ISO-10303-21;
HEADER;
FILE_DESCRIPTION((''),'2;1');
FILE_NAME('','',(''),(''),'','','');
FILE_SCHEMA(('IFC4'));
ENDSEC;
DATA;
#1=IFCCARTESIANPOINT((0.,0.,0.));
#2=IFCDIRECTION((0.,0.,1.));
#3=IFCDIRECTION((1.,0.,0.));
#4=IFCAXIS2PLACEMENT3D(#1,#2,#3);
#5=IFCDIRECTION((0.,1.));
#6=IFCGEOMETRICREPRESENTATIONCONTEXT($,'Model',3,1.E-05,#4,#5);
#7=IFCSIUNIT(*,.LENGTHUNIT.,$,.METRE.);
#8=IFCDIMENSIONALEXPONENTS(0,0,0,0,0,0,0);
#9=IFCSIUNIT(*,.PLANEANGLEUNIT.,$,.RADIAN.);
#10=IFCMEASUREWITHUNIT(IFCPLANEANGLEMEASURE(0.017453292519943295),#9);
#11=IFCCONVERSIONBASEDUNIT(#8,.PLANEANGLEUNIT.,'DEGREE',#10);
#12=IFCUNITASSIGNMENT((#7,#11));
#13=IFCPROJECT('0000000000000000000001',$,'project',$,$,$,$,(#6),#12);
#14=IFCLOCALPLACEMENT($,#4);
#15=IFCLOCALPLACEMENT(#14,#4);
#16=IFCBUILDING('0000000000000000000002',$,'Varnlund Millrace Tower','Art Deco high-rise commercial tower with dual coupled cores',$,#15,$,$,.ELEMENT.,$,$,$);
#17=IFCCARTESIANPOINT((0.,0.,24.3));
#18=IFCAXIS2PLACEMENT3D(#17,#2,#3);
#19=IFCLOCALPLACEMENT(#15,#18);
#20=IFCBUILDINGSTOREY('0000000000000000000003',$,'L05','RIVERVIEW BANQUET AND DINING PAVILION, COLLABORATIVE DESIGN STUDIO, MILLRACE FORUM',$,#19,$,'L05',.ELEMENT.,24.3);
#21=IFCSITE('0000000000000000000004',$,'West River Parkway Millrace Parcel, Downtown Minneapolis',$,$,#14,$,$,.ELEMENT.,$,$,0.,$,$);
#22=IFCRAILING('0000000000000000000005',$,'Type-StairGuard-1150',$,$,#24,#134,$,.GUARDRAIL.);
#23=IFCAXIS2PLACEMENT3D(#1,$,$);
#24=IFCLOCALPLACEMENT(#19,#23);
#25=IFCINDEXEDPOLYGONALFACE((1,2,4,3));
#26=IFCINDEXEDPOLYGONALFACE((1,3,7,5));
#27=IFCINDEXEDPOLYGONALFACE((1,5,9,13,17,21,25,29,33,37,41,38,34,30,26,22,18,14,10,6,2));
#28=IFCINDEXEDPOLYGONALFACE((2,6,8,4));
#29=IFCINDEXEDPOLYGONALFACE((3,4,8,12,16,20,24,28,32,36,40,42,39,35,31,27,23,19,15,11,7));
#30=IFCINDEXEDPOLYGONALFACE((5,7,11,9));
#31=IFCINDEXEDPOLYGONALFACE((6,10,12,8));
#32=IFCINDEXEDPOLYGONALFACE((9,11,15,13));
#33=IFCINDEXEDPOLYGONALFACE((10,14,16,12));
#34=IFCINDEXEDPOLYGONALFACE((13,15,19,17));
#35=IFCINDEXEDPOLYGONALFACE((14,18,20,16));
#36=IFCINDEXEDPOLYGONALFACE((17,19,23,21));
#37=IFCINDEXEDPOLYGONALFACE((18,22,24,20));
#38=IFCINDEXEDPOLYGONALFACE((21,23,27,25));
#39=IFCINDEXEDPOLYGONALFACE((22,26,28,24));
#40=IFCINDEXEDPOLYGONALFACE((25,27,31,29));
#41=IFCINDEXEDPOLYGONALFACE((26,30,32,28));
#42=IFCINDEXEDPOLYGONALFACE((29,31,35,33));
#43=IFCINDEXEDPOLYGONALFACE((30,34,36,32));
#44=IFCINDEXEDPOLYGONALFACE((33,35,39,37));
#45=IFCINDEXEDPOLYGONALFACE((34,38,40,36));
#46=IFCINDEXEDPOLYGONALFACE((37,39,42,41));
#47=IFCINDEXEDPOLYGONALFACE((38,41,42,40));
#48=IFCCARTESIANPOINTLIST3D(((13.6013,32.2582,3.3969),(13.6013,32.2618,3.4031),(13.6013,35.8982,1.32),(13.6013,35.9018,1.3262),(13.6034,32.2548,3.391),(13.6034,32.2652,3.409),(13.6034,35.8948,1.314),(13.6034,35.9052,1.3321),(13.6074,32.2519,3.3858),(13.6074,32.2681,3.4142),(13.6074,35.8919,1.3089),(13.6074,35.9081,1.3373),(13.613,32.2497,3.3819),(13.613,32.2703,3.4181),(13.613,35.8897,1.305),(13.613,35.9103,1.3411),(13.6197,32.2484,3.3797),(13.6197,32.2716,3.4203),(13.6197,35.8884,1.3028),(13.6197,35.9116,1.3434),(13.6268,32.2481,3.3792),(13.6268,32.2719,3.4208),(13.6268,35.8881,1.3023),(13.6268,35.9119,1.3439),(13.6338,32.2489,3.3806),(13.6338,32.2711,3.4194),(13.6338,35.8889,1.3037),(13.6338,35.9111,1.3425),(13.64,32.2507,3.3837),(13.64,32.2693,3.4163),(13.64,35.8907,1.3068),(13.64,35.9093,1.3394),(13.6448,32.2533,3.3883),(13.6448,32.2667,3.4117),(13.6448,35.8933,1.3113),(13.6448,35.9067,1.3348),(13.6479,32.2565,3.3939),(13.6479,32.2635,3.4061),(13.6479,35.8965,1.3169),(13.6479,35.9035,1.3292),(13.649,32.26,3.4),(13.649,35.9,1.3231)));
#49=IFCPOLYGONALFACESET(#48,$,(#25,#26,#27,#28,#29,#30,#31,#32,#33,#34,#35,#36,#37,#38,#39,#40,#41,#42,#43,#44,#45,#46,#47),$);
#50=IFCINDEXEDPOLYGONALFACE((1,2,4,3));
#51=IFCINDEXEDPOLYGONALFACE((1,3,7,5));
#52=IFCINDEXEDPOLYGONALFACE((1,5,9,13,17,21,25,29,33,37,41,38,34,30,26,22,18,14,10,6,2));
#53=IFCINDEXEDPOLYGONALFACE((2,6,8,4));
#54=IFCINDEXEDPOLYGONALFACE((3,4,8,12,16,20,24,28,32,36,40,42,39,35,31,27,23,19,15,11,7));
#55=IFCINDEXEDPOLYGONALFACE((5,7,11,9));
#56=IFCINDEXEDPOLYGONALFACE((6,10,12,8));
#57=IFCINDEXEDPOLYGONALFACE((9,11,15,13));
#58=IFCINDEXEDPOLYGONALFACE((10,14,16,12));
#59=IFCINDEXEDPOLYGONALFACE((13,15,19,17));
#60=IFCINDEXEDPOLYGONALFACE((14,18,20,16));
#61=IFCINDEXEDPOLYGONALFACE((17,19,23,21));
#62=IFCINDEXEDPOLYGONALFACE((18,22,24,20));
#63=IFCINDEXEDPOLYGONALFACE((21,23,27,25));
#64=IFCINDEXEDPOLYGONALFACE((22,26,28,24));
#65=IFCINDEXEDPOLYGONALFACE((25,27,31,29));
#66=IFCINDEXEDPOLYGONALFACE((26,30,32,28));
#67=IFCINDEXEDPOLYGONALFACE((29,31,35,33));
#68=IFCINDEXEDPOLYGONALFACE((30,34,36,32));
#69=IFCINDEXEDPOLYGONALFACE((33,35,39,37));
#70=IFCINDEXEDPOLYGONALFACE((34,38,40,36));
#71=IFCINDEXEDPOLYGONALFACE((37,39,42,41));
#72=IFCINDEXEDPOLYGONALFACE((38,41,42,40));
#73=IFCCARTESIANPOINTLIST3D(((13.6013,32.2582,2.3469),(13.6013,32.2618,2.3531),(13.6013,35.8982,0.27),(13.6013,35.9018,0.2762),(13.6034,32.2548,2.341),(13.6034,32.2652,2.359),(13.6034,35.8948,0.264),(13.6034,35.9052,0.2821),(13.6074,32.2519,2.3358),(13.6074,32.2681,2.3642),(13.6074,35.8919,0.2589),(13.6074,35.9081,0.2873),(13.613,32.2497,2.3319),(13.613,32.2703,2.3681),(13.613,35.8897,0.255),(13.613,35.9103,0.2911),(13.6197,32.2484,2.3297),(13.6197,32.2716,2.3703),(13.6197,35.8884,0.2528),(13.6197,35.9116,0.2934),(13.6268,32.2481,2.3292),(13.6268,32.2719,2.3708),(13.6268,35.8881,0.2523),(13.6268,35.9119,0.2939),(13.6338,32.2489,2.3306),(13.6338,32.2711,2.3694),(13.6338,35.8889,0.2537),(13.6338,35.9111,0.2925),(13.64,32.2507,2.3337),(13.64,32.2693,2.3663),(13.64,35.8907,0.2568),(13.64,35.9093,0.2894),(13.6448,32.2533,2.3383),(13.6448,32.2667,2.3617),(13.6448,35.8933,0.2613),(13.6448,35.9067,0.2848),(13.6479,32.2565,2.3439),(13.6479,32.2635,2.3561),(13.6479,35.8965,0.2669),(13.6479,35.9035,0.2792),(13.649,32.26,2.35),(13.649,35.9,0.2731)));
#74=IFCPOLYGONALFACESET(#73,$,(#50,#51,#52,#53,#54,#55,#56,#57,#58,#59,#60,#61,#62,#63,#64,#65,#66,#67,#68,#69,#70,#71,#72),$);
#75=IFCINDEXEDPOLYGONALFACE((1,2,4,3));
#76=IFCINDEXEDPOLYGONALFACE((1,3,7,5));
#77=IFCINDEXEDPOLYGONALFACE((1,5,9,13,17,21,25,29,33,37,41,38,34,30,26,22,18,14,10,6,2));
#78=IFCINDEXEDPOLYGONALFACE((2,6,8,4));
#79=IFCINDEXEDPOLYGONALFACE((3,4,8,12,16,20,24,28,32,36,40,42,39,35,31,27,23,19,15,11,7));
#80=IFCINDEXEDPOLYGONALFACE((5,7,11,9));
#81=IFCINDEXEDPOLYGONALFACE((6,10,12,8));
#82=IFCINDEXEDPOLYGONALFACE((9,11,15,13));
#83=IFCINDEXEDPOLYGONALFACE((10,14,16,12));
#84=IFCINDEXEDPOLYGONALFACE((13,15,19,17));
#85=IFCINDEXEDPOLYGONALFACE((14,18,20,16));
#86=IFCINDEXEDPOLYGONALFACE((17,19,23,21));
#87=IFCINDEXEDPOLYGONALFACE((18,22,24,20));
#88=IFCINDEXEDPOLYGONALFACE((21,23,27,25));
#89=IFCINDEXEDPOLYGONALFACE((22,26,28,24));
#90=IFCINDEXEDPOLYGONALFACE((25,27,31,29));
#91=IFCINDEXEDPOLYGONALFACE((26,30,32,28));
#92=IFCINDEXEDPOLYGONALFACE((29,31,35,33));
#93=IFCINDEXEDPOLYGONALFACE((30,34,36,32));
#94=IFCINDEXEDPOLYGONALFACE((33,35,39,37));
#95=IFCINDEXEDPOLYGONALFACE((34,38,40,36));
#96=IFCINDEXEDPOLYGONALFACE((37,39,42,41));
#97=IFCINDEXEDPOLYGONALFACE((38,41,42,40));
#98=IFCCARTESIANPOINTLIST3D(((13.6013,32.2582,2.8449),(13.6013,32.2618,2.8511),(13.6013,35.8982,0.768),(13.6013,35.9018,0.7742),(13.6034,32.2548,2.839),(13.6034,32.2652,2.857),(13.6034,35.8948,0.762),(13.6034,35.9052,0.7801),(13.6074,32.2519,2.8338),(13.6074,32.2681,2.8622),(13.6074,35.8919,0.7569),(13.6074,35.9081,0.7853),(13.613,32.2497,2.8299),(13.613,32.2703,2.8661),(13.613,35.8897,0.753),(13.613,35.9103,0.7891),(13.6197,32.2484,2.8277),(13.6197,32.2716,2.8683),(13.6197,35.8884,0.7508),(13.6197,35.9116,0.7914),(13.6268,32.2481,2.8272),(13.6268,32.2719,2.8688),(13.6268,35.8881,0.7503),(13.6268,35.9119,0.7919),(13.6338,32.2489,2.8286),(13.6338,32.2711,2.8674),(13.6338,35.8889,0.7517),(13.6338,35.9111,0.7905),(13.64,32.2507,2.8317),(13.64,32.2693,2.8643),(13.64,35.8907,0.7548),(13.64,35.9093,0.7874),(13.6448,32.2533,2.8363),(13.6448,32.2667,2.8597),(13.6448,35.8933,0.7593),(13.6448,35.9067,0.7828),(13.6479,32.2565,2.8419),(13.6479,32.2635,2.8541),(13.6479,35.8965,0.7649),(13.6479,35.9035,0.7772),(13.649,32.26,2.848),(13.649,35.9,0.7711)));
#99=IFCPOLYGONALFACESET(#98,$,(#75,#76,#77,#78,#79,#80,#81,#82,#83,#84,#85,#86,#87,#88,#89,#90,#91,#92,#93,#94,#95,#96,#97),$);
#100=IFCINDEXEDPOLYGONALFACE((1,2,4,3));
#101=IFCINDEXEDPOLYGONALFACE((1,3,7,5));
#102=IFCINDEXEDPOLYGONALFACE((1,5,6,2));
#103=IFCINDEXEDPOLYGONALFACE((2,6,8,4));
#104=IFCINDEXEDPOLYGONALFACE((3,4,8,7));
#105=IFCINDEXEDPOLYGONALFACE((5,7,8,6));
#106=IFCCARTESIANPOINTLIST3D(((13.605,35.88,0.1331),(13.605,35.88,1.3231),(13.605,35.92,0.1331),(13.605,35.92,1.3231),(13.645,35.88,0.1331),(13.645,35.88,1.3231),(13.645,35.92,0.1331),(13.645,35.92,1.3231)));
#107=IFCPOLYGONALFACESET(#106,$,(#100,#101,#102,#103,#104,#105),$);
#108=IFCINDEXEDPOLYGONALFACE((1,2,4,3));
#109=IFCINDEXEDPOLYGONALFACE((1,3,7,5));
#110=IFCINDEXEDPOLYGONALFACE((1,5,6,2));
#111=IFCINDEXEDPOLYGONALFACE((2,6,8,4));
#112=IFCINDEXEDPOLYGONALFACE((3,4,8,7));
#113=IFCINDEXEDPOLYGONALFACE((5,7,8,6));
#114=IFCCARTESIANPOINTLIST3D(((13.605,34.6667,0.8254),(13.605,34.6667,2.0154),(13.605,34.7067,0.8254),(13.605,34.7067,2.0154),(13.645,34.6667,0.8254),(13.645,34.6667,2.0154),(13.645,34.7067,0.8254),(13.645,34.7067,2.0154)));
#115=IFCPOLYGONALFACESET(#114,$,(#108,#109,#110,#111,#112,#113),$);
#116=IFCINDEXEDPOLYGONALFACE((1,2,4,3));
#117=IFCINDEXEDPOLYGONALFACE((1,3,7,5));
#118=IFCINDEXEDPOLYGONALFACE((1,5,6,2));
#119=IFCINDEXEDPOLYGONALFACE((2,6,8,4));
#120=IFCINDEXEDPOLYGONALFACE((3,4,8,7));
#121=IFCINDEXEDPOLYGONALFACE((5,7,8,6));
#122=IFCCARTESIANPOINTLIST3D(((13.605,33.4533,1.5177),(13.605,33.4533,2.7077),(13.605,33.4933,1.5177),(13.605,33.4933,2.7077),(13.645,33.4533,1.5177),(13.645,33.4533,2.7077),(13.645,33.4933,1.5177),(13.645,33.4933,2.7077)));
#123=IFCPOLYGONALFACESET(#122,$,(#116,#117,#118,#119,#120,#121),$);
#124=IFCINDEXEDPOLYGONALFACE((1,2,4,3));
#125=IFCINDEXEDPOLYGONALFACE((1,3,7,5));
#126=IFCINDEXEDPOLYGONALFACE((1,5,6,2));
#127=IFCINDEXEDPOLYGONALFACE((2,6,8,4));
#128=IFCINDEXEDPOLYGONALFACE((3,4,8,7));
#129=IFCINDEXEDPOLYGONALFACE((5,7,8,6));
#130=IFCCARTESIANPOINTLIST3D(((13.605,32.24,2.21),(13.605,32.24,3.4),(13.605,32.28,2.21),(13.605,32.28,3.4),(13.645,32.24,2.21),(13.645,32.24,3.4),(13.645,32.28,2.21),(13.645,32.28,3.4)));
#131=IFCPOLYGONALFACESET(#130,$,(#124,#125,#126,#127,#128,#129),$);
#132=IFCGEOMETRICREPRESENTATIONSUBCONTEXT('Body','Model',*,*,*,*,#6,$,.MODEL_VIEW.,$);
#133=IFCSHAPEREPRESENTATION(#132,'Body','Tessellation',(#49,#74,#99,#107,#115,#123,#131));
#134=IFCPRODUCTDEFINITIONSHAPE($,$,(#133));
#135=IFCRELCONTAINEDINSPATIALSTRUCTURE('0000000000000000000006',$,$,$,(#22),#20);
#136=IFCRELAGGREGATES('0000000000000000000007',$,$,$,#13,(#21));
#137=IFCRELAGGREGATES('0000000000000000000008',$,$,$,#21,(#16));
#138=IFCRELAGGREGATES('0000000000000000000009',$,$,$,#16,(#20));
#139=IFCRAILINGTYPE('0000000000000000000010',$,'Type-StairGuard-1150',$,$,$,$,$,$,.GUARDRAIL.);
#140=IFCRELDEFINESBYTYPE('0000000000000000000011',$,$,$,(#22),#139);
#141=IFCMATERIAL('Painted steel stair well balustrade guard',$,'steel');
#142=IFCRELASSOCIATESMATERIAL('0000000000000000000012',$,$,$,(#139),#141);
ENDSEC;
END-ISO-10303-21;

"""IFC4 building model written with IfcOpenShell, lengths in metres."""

from ifc_helpers import new_model, entity, si_unit, converted_unit, direction, frame, origin_with_axes, origin_2d_with_axis, place, context, subcontext, project, spatial, rectangle, circle, extrude, material, type_object, element, save


model = new_model("IFC4")

# Units and contexts
model_context = context("Model", 3, precision=1e-05, world=origin_with_axes(), true_north=direction((0.0, 1.0)))
body_context = subcontext(model_context, "Body", "Model", "MODEL_VIEW")
ifc_project = project(units=[si_unit("LENGTHUNIT", "METRE"), converted_unit("PLANEANGLEUNIT", "DEGREE", entity("IfcPlaneAngleMeasure", 0.017453292519943295), si_unit("PLANEANGLEUNIT", "RADIAN"), dimensions=[0, 0, 0, 0, 0, 0, 0])], contexts=[model_context])

# Site, building, storey
site_placement = place(None, origin_with_axes())
site = spatial("IfcSite", under=ifc_project, at=site_placement, Name="West River Parkway Millrace Parcel, Downtown Minneapolis", CompositionType="ELEMENT", RefElevation=0.0)
building_placement = place(site_placement, origin_with_axes())
building = spatial("IfcBuilding", under=site, at=building_placement, Name="Varnlund Millrace Tower", Description="Art Deco high-rise commercial tower with dual coupled cores", CompositionType="ELEMENT")
storey_placement = place(building_placement, frame((0.0, 0.0, 24.3), z_axis=(0.0, 0.0, 1.0), x_axis=(1.0, 0.0, 0.0)))
storey = spatial("IfcBuildingStorey", under=building, at=storey_placement, Name="L05", Description="RIVERVIEW BANQUET AND DINING PAVILION, COLLABORATIVE DESIGN STUDIO, MILLRACE FORUM", LongName="L05", CompositionType="ELEMENT", Elevation=24.3)

# Railing
ifc_material_1 = material(Name="Painted steel stair well balustrade guard", Category="steel")
railing_type_1 = type_object("IfcRailingType", Name="Type-StairGuard-1150", PredefinedType="GUARDRAIL", material=ifc_material_1)
railing_1_placement = place(storey_placement, frame((0.0, 0.0, -24.3), z_axis=(0.0, 0.0, 1.0), x_axis=(1.0, 0.0, 0.0)))
element("IfcRailing", 1, at=railing_1_placement, inside=storey, type_object=railing_type_1, Name="Type-StairGuard-1150", PredefinedType="GUARDRAIL", context=body_context, shape_type="SweptSolid", body=[
    extrude(circle(Radius=0.024, at=origin_2d_with_axis()), frame((13.625, 35.9, 25.6231), z_axis=(0.0, -0.868559, 0.495585), x_axis=(1.0, 0.0, 0.0)), (0.0, 0.0, 1.0), 4.1908),
    extrude(circle(Radius=0.024, at=origin_2d_with_axis()), frame((13.625, 35.9, 24.5731), z_axis=(0.0, -0.868559, 0.495585), x_axis=(1.0, 0.0, 0.0)), (0.0, 0.0, 1.0), 4.1908),
    extrude(circle(Radius=0.024, at=origin_2d_with_axis()), frame((13.625, 35.9, 25.0711), z_axis=(0.0, -0.868559, 0.495585), x_axis=(1.0, 0.0, 0.0)), (0.0, 0.0, 1.0), 4.1908),
    extrude(rectangle(XDim=0.04, YDim=0.04, at=origin_2d_with_axis()), frame((13.625, 35.9, 24.4331), z_axis=(0.0, 0.0, 1.0), x_axis=(1.0, 0.0, 0.0)), (0.0, 0.0, 1.0), 1.19),
    extrude(rectangle(XDim=0.04, YDim=0.04, at=origin_2d_with_axis()), frame((13.625, 34.6867, 25.1254), z_axis=(0.0, 0.0, 1.0), x_axis=(1.0, 0.0, 0.0)), (0.0, 0.0, 1.0), 1.19),
    extrude(rectangle(XDim=0.04, YDim=0.04, at=origin_2d_with_axis()), frame((13.625, 33.4733, 25.8177), z_axis=(0.0, 0.0, 1.0), x_axis=(1.0, 0.0, 0.0)), (0.0, 0.0, 1.0), 1.19),
    extrude(rectangle(XDim=0.04, YDim=0.04, at=origin_2d_with_axis()), frame((13.625, 32.26, 26.51), z_axis=(0.0, 0.0, 1.0), x_axis=(1.0, 0.0, 0.0)), (0.0, 0.0, 1.0), 1.19),
])

save(model, "model.ifc")
